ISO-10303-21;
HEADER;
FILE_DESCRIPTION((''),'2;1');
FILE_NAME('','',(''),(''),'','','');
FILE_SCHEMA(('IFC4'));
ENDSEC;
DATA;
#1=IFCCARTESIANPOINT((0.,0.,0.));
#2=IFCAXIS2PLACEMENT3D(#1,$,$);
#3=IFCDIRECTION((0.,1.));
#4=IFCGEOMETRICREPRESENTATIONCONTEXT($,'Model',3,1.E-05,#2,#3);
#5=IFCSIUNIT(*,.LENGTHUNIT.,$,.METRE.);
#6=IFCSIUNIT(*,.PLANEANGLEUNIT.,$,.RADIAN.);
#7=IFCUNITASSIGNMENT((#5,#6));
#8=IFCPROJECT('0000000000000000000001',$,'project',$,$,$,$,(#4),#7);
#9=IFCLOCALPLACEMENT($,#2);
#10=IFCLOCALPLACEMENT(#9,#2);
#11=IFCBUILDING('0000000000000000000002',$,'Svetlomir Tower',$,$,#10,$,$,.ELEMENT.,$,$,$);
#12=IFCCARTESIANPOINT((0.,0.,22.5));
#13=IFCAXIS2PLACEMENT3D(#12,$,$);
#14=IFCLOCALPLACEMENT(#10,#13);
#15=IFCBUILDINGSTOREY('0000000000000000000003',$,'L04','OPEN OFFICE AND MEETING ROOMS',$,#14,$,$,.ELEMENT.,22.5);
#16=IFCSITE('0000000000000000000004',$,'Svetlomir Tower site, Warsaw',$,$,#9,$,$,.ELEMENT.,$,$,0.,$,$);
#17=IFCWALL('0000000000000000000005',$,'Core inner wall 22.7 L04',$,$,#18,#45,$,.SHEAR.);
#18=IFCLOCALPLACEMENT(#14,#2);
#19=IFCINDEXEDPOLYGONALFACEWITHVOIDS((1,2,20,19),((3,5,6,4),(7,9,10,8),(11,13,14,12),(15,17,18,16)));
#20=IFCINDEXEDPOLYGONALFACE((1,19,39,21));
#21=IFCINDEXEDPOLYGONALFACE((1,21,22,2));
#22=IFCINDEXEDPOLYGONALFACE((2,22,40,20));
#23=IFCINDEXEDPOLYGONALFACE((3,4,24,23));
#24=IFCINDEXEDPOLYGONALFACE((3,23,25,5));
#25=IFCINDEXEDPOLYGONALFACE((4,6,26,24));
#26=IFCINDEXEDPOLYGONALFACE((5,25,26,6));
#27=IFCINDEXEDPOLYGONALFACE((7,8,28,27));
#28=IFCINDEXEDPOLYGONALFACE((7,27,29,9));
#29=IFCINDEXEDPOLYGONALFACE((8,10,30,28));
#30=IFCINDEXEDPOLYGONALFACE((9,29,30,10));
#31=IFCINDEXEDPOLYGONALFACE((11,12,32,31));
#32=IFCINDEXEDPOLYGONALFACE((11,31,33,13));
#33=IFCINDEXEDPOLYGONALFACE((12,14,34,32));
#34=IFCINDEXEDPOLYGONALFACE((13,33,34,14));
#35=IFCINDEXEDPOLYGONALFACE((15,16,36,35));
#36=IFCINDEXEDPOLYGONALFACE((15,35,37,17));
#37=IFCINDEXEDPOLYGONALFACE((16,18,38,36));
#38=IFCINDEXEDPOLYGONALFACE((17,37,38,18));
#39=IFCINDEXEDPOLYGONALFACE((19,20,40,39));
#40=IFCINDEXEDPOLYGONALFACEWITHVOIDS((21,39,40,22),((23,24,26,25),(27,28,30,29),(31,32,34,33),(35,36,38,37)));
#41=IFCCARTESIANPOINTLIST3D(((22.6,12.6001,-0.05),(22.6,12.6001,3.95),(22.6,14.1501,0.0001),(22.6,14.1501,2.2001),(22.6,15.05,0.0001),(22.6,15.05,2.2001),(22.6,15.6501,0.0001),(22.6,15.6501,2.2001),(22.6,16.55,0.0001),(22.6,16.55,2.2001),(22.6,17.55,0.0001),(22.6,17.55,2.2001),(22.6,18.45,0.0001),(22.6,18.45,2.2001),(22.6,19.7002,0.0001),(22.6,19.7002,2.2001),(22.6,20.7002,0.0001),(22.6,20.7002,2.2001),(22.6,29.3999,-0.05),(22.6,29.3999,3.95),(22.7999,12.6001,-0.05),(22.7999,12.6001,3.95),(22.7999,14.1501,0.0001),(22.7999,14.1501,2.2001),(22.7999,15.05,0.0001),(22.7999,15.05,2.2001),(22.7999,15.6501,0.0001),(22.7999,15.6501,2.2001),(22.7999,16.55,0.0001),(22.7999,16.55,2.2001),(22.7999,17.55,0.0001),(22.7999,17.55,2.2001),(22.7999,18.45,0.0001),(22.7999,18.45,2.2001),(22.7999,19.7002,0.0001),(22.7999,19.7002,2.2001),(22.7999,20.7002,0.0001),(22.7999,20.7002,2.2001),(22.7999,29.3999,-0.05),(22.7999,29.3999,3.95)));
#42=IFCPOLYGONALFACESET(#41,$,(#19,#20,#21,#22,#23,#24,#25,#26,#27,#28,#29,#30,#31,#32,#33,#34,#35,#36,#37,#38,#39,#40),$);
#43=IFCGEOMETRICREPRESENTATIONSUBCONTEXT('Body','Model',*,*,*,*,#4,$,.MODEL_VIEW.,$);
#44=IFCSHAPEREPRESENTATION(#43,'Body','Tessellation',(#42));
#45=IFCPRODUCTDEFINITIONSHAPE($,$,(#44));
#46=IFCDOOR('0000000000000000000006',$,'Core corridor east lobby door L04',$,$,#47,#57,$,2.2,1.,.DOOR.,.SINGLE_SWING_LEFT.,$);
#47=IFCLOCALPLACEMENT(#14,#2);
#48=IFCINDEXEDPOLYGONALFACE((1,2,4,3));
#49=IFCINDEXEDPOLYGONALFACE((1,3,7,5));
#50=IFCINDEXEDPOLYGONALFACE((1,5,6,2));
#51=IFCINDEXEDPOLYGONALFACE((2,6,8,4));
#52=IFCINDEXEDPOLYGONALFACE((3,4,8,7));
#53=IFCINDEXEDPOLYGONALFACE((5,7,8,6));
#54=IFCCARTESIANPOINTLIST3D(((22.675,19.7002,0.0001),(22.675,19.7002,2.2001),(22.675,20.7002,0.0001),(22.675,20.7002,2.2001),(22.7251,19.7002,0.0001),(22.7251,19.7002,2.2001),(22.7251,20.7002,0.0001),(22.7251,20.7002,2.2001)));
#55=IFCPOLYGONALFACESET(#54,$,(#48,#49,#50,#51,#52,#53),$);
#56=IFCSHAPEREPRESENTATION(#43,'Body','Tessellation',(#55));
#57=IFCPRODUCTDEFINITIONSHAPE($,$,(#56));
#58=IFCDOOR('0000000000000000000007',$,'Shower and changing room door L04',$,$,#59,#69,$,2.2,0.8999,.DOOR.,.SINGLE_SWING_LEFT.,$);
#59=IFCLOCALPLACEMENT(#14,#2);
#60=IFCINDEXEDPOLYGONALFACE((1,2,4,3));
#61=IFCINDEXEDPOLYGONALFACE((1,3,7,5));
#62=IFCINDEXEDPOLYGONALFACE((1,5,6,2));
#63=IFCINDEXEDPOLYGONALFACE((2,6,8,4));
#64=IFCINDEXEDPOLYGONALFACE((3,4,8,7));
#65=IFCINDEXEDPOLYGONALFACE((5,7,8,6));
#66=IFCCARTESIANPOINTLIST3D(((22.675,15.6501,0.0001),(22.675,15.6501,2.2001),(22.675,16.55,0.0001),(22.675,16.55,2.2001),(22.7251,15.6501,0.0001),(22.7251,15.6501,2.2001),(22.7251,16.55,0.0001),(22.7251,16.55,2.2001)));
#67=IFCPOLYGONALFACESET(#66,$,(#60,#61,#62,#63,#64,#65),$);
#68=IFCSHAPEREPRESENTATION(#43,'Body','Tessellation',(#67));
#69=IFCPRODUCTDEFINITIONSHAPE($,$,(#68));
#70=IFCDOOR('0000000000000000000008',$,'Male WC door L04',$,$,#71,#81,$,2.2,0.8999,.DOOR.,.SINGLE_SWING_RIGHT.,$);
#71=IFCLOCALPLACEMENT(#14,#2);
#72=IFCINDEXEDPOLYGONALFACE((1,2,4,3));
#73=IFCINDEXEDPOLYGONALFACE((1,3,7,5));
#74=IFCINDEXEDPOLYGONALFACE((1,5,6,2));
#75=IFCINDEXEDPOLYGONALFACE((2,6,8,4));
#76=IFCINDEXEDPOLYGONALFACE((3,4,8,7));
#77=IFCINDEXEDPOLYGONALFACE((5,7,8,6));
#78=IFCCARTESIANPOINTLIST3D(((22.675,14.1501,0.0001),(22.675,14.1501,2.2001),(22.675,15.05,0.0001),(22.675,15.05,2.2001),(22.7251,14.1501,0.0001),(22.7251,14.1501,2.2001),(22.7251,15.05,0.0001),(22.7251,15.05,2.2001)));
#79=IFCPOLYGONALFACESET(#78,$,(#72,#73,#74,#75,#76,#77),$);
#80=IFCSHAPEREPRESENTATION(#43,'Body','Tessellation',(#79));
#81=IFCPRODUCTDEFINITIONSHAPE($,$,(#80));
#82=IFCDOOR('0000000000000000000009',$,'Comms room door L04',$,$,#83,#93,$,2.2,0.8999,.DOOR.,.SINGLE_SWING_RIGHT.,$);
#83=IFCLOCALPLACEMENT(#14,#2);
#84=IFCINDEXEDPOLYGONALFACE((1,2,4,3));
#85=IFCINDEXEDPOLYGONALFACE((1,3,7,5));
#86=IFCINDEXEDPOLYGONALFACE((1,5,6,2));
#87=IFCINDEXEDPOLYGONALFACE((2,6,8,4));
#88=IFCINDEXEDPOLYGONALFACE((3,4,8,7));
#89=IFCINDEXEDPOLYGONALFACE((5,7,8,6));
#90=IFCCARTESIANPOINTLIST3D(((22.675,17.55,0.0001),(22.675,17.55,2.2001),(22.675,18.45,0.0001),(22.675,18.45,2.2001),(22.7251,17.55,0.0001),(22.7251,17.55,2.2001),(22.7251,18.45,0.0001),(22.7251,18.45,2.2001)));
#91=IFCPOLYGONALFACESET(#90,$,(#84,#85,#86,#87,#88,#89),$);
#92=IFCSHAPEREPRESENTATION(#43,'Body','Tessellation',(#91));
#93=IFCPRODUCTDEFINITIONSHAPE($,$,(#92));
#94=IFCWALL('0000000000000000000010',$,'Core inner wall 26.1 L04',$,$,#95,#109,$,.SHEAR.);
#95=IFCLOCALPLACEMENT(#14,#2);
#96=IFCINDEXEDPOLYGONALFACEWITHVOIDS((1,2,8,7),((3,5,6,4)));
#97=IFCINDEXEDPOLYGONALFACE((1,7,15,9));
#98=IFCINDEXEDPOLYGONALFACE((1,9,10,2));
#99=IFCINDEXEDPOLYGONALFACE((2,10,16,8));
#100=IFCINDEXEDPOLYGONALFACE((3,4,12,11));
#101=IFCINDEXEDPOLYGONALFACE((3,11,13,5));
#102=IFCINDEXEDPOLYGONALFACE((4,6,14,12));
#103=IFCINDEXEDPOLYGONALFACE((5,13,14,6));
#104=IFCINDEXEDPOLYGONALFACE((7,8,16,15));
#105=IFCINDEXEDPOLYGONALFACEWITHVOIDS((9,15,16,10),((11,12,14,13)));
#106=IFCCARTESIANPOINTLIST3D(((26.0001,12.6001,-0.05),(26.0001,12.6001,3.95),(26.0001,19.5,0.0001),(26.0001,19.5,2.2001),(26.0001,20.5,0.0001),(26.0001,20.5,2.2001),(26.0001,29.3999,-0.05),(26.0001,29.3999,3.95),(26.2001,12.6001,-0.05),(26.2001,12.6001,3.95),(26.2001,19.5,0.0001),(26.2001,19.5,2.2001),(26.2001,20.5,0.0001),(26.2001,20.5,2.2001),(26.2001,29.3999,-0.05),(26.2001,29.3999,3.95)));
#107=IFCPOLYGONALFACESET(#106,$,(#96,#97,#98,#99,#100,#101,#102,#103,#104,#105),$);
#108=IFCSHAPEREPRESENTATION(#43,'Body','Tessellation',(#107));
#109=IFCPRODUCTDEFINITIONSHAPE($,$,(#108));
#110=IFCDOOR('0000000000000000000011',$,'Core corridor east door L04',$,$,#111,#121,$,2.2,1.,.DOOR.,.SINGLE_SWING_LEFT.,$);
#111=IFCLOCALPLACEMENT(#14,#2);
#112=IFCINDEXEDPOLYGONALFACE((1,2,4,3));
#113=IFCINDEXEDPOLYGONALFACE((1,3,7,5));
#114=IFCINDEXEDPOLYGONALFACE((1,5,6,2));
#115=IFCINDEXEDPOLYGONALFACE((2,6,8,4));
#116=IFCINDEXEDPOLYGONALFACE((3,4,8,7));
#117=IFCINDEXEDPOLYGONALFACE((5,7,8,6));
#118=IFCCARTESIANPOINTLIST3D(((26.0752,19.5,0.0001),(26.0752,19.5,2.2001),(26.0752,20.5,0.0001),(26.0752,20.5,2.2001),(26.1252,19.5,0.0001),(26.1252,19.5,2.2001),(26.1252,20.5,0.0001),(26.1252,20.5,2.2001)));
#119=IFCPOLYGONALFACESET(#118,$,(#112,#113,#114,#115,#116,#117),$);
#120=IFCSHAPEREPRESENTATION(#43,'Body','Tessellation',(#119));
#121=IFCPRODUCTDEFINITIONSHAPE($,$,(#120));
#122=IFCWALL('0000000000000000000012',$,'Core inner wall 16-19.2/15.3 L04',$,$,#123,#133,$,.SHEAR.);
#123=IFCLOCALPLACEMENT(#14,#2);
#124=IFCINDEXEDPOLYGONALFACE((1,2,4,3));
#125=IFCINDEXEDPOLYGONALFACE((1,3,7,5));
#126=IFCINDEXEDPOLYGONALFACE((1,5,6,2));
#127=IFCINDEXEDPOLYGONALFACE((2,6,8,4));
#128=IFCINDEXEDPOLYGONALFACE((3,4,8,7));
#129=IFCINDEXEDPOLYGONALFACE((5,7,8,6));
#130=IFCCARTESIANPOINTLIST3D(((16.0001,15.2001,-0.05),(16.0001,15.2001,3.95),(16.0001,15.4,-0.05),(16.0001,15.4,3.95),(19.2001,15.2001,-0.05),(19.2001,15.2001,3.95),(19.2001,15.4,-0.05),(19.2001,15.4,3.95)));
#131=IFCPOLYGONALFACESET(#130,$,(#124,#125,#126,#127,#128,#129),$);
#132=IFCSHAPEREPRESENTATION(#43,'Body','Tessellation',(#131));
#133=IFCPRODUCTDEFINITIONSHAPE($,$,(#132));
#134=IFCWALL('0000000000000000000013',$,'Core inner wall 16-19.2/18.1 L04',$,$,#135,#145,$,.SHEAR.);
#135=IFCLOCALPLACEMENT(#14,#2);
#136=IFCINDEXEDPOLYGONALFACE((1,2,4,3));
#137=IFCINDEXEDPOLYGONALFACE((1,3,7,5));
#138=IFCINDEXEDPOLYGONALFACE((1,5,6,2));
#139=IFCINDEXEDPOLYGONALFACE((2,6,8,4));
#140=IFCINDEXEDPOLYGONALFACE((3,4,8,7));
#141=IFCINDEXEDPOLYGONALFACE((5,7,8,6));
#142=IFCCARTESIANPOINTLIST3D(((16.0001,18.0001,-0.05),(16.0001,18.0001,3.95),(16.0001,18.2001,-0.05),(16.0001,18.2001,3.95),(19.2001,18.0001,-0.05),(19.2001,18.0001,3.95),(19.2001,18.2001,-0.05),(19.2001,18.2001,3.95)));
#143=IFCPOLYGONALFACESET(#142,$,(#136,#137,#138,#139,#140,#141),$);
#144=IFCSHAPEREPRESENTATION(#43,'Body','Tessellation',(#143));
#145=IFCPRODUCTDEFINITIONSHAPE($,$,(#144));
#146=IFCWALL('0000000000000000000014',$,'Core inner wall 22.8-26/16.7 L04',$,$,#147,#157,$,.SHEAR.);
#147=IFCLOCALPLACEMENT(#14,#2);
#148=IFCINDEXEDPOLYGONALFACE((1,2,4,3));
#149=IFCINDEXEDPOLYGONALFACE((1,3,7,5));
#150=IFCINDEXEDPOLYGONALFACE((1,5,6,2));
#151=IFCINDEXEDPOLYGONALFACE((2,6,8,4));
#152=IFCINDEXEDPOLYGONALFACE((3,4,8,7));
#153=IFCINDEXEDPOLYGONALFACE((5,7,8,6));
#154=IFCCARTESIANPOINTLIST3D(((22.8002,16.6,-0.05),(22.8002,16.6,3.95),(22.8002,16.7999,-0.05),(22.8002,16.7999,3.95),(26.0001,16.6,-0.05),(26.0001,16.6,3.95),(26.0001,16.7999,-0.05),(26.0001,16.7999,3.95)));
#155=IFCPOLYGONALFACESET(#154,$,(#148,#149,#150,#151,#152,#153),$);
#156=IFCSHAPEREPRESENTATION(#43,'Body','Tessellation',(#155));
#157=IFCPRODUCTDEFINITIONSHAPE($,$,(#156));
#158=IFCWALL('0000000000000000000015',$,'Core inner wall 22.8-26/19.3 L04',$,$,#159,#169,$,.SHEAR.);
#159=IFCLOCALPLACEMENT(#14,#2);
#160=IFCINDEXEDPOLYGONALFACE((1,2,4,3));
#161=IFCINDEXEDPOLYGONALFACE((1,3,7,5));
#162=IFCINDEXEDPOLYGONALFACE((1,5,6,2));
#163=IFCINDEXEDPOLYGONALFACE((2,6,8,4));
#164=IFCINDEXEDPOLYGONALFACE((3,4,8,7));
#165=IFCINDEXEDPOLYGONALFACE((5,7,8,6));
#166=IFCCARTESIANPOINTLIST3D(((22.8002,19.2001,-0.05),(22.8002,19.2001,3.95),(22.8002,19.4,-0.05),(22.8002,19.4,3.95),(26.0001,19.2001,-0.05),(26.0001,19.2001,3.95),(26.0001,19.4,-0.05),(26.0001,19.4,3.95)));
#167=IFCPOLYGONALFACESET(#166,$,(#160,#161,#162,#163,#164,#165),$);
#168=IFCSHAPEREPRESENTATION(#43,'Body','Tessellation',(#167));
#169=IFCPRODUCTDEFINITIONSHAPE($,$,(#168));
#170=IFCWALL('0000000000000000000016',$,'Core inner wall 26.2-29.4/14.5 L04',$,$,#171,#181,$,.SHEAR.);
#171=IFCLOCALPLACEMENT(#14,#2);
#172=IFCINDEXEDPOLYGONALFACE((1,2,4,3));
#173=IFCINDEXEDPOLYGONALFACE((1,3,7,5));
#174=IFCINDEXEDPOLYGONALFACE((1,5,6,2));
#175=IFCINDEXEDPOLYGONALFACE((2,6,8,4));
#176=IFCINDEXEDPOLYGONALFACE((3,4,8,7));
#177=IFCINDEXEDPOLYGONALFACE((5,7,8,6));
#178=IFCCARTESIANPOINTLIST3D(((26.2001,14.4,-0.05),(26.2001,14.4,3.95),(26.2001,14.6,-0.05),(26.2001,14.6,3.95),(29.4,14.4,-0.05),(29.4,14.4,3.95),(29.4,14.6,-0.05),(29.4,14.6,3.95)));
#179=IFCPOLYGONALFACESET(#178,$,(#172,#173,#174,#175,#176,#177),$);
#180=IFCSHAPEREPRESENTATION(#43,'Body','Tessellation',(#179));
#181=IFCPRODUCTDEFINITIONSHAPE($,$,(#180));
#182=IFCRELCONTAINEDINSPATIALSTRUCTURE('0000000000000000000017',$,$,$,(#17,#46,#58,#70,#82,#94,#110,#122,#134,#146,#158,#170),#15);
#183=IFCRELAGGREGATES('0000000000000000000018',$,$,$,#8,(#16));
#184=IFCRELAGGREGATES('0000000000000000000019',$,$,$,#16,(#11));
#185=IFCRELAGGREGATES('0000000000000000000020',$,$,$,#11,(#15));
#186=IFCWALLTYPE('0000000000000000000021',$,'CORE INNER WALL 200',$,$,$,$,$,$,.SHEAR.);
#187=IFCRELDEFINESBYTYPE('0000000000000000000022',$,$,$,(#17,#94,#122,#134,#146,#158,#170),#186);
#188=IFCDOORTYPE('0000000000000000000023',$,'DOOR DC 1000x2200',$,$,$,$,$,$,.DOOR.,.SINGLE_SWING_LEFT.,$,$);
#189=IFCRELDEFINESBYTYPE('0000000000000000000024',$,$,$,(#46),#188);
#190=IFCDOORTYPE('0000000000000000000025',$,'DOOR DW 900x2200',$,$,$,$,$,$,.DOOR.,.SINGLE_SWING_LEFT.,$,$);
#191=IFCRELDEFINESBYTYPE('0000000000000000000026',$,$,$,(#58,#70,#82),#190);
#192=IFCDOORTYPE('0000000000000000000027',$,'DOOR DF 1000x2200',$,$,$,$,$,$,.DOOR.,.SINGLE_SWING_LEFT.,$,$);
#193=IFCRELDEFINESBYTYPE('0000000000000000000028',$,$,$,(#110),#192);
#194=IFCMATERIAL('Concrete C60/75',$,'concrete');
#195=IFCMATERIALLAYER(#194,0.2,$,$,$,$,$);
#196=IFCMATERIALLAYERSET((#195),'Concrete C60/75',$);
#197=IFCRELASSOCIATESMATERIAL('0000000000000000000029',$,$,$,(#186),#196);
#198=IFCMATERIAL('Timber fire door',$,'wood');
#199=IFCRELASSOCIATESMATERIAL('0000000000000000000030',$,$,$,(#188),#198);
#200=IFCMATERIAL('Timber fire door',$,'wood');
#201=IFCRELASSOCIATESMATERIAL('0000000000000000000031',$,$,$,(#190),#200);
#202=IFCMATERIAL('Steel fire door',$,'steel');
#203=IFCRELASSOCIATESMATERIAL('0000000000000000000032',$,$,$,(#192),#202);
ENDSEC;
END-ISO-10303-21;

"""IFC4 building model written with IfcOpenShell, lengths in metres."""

from ifc_helpers import new_model, si_unit, direction, frame, frame_2d, origin, place, context, subcontext, project, spatial, rectangle, extrude, material, layer, layer_set, type_object, element, fill, save


model = new_model("IFC4")

# Units and contexts
model_context = context("Model", 3, precision=1e-05, world=origin(), true_north=direction((0.0, 1.0)))
body_context = subcontext(model_context, "Body", "Model", "MODEL_VIEW")
ifc_project = project(units=[si_unit("LENGTHUNIT", "METRE"), si_unit("PLANEANGLEUNIT", "RADIAN")], contexts=[model_context])

# Site, building, storey
site_placement = place(None, origin())
site = spatial("IfcSite", under=ifc_project, at=site_placement, Name="Svetlomir Tower site, Warsaw", CompositionType="ELEMENT", RefElevation=0.0)
building_placement = place(site_placement, origin())
building = spatial("IfcBuilding", under=site, at=building_placement, Name="Svetlomir Tower", CompositionType="ELEMENT")
storey_placement = place(building_placement, frame((0.0, 0.0, 22.5)))
storey = spatial("IfcBuildingStorey", under=building, at=storey_placement, Name="L04", Description="OPEN OFFICE AND MEETING ROOMS", CompositionType="ELEMENT", Elevation=22.5)

# Wall, openings, doors
ifc_material_1 = material(Name="Concrete C60/75", Category="concrete")
ifc_layer_1 = layer(ifc_material_1, 0.2)
ifc_layer_set_1 = layer_set([ifc_layer_1], Name="Concrete C60/75")
wall_type_1 = type_object("IfcWallType", Name="CORE INNER WALL 200", PredefinedType="SHEAR", material=ifc_layer_set_1)
wall_1_placement = place(storey_placement, frame((22.7, 12.6001, -0.05), z_axis=(0.0, 0.0, 1.0), x_axis=(0.0, 1.0, 0.0)))
wall_1 = element("IfcWall", 1, at=wall_1_placement, inside=storey, type_object=wall_type_1, Name="Core inner wall 22.7 L04", PredefinedType="SHEAR", context=body_context, shape_type="SweptSolid", body=[
    extrude(rectangle(XDim=16.7998, YDim=0.2, at=frame_2d((8.3999, 0.0))), origin(), (0.0, 0.0, 1.0), 4.0),
])
opening_1_placement = place(wall_1_placement, frame((3.05, 0.0, 0.05)))
opening_1 = element("IfcOpeningElement", 2, at=opening_1_placement, cuts=wall_1, PredefinedType="OPENING", context=body_context, shape_type="SweptSolid", body=[
    extrude(rectangle(XDim=0.8999, YDim=2.2, at=frame_2d((0.45, 1.1001))), frame((0.0, 0.1099, 0.0), z_axis=(0.0, -1.0, 0.0), x_axis=(1.0, 0.0, 0.0)), (0.0, 0.0, 1.0), 0.22),
])
opening_2_placement = place(wall_1_placement, frame((7.1001, 0.0, 0.05)))
opening_2 = element("IfcOpeningElement", 3, at=opening_2_placement, cuts=wall_1, PredefinedType="OPENING", context=body_context, shape_type="SweptSolid", body=[
    extrude(rectangle(XDim=1.0, YDim=2.2, at=frame_2d((0.5, 1.1001))), frame((0.0, 0.1099, 0.0), z_axis=(0.0, -1.0, 0.0), x_axis=(1.0, 0.0, 0.0)), (0.0, 0.0, 1.0), 0.22),
])
opening_3_placement = place(wall_1_placement, frame((1.55, 0.0, 0.05)))
opening_3 = element("IfcOpeningElement", 4, at=opening_3_placement, cuts=wall_1, PredefinedType="OPENING", context=body_context, shape_type="SweptSolid", body=[
    extrude(rectangle(XDim=0.8999, YDim=2.2, at=frame_2d((0.45, 1.1001))), frame((0.0, 0.1099, 0.0), z_axis=(0.0, -1.0, 0.0), x_axis=(1.0, 0.0, 0.0)), (0.0, 0.0, 1.0), 0.22),
])
opening_4_placement = place(wall_1_placement, frame((4.95, 0.0, 0.05)))
opening_4 = element("IfcOpeningElement", 5, at=opening_4_placement, cuts=wall_1, PredefinedType="OPENING", context=body_context, shape_type="SweptSolid", body=[
    extrude(rectangle(XDim=0.8999, YDim=2.2, at=frame_2d((0.45, 1.1001))), frame((0.0, 0.1099, 0.0), z_axis=(0.0, -1.0, 0.0), x_axis=(1.0, 0.0, 0.0)), (0.0, 0.0, 1.0), 0.22),
])
ifc_material_2 = material(Name="Timber fire door", Category="wood")
door_type_1 = type_object("IfcDoorType", Name="DOOR DC 1000x2200", OperationType="SINGLE_SWING_LEFT", PredefinedType="DOOR", material=ifc_material_2)
door_1_placement = place(opening_2_placement, origin())
door_1 = element("IfcDoor", 6, at=door_1_placement, inside=storey, type_object=door_type_1, Name="Core corridor east lobby door L04", OperationType="SINGLE_SWING_LEFT", OverallHeight=2.2, OverallWidth=1.0, PredefinedType="DOOR", context=body_context, shape_type="SweptSolid", body=[
    extrude(rectangle(XDim=1.0, YDim=2.2, at=frame_2d((0.5, 1.1001))), frame((0.0, 0.0249, 0.0), z_axis=(0.0, -1.0, 0.0), x_axis=(1.0, 0.0, 0.0)), (0.0, 0.0, 1.0), 0.05),
])
fill(opening_2, door_1)
ifc_material_3 = material(Name="Timber fire door", Category="wood")
door_type_2 = type_object("IfcDoorType", Name="DOOR DW 900x2200", OperationType="SINGLE_SWING_LEFT", PredefinedType="DOOR", material=ifc_material_3)
door_2_placement = place(opening_1_placement, origin())
door_2 = element("IfcDoor", 7, at=door_2_placement, inside=storey, type_object=door_type_2, Name="Shower and changing room door L04", OperationType="SINGLE_SWING_LEFT", OverallHeight=2.2, OverallWidth=0.8999, PredefinedType="DOOR", context=body_context, shape_type="SweptSolid", body=[
    extrude(rectangle(XDim=0.8999, YDim=2.2, at=frame_2d((0.45, 1.1001))), frame((0.0, 0.0249, 0.0), z_axis=(0.0, -1.0, 0.0), x_axis=(1.0, 0.0, 0.0)), (0.0, 0.0, 1.0), 0.05),
])
fill(opening_1, door_2)
door_3_placement = place(opening_3_placement, origin())
door_3 = element("IfcDoor", 8, at=door_3_placement, inside=storey, type_object=door_type_2, Name="Male WC door L04", OperationType="SINGLE_SWING_RIGHT", OverallHeight=2.2, OverallWidth=0.8999, PredefinedType="DOOR", context=body_context, shape_type="SweptSolid", body=[
    extrude(rectangle(XDim=0.8999, YDim=2.2, at=frame_2d((0.45, 1.1001))), frame((0.0, 0.0249, 0.0), z_axis=(0.0, -1.0, 0.0), x_axis=(1.0, 0.0, 0.0)), (0.0, 0.0, 1.0), 0.05),
])
fill(opening_3, door_3)
door_4_placement = place(opening_4_placement, origin())
door_4 = element("IfcDoor", 9, at=door_4_placement, inside=storey, type_object=door_type_2, Name="Comms room door L04", OperationType="SINGLE_SWING_RIGHT", OverallHeight=2.2, OverallWidth=0.8999, PredefinedType="DOOR", context=body_context, shape_type="SweptSolid", body=[
    extrude(rectangle(XDim=0.8999, YDim=2.2, at=frame_2d((0.45, 1.1001))), frame((0.0, 0.0249, 0.0), z_axis=(0.0, -1.0, 0.0), x_axis=(1.0, 0.0, 0.0)), (0.0, 0.0, 1.0), 0.05),
])
fill(opening_4, door_4)

# Wall, opening, door
wall_2_placement = place(storey_placement, frame((26.1001, 12.6001, -0.05), z_axis=(0.0, 0.0, 1.0), x_axis=(0.0, 1.0, 0.0)))
wall_2 = element("IfcWall", 10, at=wall_2_placement, inside=storey, type_object=wall_type_1, Name="Core inner wall 26.1 L04", PredefinedType="SHEAR", context=body_context, shape_type="SweptSolid", body=[
    extrude(rectangle(XDim=16.7998, YDim=0.2, at=frame_2d((8.3999, 0.0))), origin(), (0.0, 0.0, 1.0), 4.0),
])
opening_5_placement = place(wall_2_placement, frame((6.8999, 0.0, 0.05)))
opening_5 = element("IfcOpeningElement", 11, at=opening_5_placement, cuts=wall_2, PredefinedType="OPENING", context=body_context, shape_type="SweptSolid", body=[
    extrude(rectangle(XDim=1.0, YDim=2.2, at=frame_2d((0.5, 1.1001))), frame((0.0, 0.1099, 0.0), z_axis=(0.0, -1.0, 0.0), x_axis=(1.0, 0.0, 0.0)), (0.0, 0.0, 1.0), 0.22),
])
ifc_material_4 = material(Name="Steel fire door", Category="steel")
door_type_3 = type_object("IfcDoorType", Name="DOOR DF 1000x2200", OperationType="SINGLE_SWING_LEFT", PredefinedType="DOOR", material=ifc_material_4)
door_5_placement = place(opening_5_placement, origin())
door_5 = element("IfcDoor", 12, at=door_5_placement, inside=storey, type_object=door_type_3, Name="Core corridor east door L04", OperationType="SINGLE_SWING_LEFT", OverallHeight=2.2, OverallWidth=1.0, PredefinedType="DOOR", context=body_context, shape_type="SweptSolid", body=[
    extrude(rectangle(XDim=1.0, YDim=2.2, at=frame_2d((0.5, 1.1001))), frame((0.0, 0.0249, 0.0), z_axis=(0.0, -1.0, 0.0), x_axis=(1.0, 0.0, 0.0)), (0.0, 0.0, 1.0), 0.05),
])
fill(opening_5, door_5)

# Walls
for number, where, z_axis, x_axis, name in (
    (13, (16.0, 15.3, -0.05), (0.0, 0.0, 1.0), (1.0, 0.0, 0.0), "Core inner wall 16-19.2/15.3 L04"),
    (14, (16.0, 18.1001, -0.05), (0.0, 0.0, 1.0), (1.0, 0.0, 0.0), "Core inner wall 16-19.2/18.1 L04"),
    (15, (22.8, 16.7, -0.05), (0.0, 0.0, 1.0), (1.0, 0.0, 0.0), "Core inner wall 22.8-26/16.7 L04"),
    (16, (22.8, 19.3, -0.05), (0.0, 0.0, 1.0), (1.0, 0.0, 0.0), "Core inner wall 22.8-26/19.3 L04"),
    (17, (26.2, 14.5, -0.05), (0.0, 0.0, 1.0), (1.0, 0.0, 0.0), "Core inner wall 26.2-29.4/14.5 L04"),
):
    element("IfcWall", number, at=place(storey_placement, frame(where, z_axis=z_axis, x_axis=x_axis)), inside=storey, type_object=wall_type_1, Name=name, PredefinedType="SHEAR", context=body_context, shape_type="SweptSolid", body=[
        extrude(rectangle(XDim=3.2, YDim=0.2, at=frame_2d((1.6001, 0.0))), origin(), (0.0, 0.0, 1.0), 4.0),
    ])

save(model, "model.ifc")
